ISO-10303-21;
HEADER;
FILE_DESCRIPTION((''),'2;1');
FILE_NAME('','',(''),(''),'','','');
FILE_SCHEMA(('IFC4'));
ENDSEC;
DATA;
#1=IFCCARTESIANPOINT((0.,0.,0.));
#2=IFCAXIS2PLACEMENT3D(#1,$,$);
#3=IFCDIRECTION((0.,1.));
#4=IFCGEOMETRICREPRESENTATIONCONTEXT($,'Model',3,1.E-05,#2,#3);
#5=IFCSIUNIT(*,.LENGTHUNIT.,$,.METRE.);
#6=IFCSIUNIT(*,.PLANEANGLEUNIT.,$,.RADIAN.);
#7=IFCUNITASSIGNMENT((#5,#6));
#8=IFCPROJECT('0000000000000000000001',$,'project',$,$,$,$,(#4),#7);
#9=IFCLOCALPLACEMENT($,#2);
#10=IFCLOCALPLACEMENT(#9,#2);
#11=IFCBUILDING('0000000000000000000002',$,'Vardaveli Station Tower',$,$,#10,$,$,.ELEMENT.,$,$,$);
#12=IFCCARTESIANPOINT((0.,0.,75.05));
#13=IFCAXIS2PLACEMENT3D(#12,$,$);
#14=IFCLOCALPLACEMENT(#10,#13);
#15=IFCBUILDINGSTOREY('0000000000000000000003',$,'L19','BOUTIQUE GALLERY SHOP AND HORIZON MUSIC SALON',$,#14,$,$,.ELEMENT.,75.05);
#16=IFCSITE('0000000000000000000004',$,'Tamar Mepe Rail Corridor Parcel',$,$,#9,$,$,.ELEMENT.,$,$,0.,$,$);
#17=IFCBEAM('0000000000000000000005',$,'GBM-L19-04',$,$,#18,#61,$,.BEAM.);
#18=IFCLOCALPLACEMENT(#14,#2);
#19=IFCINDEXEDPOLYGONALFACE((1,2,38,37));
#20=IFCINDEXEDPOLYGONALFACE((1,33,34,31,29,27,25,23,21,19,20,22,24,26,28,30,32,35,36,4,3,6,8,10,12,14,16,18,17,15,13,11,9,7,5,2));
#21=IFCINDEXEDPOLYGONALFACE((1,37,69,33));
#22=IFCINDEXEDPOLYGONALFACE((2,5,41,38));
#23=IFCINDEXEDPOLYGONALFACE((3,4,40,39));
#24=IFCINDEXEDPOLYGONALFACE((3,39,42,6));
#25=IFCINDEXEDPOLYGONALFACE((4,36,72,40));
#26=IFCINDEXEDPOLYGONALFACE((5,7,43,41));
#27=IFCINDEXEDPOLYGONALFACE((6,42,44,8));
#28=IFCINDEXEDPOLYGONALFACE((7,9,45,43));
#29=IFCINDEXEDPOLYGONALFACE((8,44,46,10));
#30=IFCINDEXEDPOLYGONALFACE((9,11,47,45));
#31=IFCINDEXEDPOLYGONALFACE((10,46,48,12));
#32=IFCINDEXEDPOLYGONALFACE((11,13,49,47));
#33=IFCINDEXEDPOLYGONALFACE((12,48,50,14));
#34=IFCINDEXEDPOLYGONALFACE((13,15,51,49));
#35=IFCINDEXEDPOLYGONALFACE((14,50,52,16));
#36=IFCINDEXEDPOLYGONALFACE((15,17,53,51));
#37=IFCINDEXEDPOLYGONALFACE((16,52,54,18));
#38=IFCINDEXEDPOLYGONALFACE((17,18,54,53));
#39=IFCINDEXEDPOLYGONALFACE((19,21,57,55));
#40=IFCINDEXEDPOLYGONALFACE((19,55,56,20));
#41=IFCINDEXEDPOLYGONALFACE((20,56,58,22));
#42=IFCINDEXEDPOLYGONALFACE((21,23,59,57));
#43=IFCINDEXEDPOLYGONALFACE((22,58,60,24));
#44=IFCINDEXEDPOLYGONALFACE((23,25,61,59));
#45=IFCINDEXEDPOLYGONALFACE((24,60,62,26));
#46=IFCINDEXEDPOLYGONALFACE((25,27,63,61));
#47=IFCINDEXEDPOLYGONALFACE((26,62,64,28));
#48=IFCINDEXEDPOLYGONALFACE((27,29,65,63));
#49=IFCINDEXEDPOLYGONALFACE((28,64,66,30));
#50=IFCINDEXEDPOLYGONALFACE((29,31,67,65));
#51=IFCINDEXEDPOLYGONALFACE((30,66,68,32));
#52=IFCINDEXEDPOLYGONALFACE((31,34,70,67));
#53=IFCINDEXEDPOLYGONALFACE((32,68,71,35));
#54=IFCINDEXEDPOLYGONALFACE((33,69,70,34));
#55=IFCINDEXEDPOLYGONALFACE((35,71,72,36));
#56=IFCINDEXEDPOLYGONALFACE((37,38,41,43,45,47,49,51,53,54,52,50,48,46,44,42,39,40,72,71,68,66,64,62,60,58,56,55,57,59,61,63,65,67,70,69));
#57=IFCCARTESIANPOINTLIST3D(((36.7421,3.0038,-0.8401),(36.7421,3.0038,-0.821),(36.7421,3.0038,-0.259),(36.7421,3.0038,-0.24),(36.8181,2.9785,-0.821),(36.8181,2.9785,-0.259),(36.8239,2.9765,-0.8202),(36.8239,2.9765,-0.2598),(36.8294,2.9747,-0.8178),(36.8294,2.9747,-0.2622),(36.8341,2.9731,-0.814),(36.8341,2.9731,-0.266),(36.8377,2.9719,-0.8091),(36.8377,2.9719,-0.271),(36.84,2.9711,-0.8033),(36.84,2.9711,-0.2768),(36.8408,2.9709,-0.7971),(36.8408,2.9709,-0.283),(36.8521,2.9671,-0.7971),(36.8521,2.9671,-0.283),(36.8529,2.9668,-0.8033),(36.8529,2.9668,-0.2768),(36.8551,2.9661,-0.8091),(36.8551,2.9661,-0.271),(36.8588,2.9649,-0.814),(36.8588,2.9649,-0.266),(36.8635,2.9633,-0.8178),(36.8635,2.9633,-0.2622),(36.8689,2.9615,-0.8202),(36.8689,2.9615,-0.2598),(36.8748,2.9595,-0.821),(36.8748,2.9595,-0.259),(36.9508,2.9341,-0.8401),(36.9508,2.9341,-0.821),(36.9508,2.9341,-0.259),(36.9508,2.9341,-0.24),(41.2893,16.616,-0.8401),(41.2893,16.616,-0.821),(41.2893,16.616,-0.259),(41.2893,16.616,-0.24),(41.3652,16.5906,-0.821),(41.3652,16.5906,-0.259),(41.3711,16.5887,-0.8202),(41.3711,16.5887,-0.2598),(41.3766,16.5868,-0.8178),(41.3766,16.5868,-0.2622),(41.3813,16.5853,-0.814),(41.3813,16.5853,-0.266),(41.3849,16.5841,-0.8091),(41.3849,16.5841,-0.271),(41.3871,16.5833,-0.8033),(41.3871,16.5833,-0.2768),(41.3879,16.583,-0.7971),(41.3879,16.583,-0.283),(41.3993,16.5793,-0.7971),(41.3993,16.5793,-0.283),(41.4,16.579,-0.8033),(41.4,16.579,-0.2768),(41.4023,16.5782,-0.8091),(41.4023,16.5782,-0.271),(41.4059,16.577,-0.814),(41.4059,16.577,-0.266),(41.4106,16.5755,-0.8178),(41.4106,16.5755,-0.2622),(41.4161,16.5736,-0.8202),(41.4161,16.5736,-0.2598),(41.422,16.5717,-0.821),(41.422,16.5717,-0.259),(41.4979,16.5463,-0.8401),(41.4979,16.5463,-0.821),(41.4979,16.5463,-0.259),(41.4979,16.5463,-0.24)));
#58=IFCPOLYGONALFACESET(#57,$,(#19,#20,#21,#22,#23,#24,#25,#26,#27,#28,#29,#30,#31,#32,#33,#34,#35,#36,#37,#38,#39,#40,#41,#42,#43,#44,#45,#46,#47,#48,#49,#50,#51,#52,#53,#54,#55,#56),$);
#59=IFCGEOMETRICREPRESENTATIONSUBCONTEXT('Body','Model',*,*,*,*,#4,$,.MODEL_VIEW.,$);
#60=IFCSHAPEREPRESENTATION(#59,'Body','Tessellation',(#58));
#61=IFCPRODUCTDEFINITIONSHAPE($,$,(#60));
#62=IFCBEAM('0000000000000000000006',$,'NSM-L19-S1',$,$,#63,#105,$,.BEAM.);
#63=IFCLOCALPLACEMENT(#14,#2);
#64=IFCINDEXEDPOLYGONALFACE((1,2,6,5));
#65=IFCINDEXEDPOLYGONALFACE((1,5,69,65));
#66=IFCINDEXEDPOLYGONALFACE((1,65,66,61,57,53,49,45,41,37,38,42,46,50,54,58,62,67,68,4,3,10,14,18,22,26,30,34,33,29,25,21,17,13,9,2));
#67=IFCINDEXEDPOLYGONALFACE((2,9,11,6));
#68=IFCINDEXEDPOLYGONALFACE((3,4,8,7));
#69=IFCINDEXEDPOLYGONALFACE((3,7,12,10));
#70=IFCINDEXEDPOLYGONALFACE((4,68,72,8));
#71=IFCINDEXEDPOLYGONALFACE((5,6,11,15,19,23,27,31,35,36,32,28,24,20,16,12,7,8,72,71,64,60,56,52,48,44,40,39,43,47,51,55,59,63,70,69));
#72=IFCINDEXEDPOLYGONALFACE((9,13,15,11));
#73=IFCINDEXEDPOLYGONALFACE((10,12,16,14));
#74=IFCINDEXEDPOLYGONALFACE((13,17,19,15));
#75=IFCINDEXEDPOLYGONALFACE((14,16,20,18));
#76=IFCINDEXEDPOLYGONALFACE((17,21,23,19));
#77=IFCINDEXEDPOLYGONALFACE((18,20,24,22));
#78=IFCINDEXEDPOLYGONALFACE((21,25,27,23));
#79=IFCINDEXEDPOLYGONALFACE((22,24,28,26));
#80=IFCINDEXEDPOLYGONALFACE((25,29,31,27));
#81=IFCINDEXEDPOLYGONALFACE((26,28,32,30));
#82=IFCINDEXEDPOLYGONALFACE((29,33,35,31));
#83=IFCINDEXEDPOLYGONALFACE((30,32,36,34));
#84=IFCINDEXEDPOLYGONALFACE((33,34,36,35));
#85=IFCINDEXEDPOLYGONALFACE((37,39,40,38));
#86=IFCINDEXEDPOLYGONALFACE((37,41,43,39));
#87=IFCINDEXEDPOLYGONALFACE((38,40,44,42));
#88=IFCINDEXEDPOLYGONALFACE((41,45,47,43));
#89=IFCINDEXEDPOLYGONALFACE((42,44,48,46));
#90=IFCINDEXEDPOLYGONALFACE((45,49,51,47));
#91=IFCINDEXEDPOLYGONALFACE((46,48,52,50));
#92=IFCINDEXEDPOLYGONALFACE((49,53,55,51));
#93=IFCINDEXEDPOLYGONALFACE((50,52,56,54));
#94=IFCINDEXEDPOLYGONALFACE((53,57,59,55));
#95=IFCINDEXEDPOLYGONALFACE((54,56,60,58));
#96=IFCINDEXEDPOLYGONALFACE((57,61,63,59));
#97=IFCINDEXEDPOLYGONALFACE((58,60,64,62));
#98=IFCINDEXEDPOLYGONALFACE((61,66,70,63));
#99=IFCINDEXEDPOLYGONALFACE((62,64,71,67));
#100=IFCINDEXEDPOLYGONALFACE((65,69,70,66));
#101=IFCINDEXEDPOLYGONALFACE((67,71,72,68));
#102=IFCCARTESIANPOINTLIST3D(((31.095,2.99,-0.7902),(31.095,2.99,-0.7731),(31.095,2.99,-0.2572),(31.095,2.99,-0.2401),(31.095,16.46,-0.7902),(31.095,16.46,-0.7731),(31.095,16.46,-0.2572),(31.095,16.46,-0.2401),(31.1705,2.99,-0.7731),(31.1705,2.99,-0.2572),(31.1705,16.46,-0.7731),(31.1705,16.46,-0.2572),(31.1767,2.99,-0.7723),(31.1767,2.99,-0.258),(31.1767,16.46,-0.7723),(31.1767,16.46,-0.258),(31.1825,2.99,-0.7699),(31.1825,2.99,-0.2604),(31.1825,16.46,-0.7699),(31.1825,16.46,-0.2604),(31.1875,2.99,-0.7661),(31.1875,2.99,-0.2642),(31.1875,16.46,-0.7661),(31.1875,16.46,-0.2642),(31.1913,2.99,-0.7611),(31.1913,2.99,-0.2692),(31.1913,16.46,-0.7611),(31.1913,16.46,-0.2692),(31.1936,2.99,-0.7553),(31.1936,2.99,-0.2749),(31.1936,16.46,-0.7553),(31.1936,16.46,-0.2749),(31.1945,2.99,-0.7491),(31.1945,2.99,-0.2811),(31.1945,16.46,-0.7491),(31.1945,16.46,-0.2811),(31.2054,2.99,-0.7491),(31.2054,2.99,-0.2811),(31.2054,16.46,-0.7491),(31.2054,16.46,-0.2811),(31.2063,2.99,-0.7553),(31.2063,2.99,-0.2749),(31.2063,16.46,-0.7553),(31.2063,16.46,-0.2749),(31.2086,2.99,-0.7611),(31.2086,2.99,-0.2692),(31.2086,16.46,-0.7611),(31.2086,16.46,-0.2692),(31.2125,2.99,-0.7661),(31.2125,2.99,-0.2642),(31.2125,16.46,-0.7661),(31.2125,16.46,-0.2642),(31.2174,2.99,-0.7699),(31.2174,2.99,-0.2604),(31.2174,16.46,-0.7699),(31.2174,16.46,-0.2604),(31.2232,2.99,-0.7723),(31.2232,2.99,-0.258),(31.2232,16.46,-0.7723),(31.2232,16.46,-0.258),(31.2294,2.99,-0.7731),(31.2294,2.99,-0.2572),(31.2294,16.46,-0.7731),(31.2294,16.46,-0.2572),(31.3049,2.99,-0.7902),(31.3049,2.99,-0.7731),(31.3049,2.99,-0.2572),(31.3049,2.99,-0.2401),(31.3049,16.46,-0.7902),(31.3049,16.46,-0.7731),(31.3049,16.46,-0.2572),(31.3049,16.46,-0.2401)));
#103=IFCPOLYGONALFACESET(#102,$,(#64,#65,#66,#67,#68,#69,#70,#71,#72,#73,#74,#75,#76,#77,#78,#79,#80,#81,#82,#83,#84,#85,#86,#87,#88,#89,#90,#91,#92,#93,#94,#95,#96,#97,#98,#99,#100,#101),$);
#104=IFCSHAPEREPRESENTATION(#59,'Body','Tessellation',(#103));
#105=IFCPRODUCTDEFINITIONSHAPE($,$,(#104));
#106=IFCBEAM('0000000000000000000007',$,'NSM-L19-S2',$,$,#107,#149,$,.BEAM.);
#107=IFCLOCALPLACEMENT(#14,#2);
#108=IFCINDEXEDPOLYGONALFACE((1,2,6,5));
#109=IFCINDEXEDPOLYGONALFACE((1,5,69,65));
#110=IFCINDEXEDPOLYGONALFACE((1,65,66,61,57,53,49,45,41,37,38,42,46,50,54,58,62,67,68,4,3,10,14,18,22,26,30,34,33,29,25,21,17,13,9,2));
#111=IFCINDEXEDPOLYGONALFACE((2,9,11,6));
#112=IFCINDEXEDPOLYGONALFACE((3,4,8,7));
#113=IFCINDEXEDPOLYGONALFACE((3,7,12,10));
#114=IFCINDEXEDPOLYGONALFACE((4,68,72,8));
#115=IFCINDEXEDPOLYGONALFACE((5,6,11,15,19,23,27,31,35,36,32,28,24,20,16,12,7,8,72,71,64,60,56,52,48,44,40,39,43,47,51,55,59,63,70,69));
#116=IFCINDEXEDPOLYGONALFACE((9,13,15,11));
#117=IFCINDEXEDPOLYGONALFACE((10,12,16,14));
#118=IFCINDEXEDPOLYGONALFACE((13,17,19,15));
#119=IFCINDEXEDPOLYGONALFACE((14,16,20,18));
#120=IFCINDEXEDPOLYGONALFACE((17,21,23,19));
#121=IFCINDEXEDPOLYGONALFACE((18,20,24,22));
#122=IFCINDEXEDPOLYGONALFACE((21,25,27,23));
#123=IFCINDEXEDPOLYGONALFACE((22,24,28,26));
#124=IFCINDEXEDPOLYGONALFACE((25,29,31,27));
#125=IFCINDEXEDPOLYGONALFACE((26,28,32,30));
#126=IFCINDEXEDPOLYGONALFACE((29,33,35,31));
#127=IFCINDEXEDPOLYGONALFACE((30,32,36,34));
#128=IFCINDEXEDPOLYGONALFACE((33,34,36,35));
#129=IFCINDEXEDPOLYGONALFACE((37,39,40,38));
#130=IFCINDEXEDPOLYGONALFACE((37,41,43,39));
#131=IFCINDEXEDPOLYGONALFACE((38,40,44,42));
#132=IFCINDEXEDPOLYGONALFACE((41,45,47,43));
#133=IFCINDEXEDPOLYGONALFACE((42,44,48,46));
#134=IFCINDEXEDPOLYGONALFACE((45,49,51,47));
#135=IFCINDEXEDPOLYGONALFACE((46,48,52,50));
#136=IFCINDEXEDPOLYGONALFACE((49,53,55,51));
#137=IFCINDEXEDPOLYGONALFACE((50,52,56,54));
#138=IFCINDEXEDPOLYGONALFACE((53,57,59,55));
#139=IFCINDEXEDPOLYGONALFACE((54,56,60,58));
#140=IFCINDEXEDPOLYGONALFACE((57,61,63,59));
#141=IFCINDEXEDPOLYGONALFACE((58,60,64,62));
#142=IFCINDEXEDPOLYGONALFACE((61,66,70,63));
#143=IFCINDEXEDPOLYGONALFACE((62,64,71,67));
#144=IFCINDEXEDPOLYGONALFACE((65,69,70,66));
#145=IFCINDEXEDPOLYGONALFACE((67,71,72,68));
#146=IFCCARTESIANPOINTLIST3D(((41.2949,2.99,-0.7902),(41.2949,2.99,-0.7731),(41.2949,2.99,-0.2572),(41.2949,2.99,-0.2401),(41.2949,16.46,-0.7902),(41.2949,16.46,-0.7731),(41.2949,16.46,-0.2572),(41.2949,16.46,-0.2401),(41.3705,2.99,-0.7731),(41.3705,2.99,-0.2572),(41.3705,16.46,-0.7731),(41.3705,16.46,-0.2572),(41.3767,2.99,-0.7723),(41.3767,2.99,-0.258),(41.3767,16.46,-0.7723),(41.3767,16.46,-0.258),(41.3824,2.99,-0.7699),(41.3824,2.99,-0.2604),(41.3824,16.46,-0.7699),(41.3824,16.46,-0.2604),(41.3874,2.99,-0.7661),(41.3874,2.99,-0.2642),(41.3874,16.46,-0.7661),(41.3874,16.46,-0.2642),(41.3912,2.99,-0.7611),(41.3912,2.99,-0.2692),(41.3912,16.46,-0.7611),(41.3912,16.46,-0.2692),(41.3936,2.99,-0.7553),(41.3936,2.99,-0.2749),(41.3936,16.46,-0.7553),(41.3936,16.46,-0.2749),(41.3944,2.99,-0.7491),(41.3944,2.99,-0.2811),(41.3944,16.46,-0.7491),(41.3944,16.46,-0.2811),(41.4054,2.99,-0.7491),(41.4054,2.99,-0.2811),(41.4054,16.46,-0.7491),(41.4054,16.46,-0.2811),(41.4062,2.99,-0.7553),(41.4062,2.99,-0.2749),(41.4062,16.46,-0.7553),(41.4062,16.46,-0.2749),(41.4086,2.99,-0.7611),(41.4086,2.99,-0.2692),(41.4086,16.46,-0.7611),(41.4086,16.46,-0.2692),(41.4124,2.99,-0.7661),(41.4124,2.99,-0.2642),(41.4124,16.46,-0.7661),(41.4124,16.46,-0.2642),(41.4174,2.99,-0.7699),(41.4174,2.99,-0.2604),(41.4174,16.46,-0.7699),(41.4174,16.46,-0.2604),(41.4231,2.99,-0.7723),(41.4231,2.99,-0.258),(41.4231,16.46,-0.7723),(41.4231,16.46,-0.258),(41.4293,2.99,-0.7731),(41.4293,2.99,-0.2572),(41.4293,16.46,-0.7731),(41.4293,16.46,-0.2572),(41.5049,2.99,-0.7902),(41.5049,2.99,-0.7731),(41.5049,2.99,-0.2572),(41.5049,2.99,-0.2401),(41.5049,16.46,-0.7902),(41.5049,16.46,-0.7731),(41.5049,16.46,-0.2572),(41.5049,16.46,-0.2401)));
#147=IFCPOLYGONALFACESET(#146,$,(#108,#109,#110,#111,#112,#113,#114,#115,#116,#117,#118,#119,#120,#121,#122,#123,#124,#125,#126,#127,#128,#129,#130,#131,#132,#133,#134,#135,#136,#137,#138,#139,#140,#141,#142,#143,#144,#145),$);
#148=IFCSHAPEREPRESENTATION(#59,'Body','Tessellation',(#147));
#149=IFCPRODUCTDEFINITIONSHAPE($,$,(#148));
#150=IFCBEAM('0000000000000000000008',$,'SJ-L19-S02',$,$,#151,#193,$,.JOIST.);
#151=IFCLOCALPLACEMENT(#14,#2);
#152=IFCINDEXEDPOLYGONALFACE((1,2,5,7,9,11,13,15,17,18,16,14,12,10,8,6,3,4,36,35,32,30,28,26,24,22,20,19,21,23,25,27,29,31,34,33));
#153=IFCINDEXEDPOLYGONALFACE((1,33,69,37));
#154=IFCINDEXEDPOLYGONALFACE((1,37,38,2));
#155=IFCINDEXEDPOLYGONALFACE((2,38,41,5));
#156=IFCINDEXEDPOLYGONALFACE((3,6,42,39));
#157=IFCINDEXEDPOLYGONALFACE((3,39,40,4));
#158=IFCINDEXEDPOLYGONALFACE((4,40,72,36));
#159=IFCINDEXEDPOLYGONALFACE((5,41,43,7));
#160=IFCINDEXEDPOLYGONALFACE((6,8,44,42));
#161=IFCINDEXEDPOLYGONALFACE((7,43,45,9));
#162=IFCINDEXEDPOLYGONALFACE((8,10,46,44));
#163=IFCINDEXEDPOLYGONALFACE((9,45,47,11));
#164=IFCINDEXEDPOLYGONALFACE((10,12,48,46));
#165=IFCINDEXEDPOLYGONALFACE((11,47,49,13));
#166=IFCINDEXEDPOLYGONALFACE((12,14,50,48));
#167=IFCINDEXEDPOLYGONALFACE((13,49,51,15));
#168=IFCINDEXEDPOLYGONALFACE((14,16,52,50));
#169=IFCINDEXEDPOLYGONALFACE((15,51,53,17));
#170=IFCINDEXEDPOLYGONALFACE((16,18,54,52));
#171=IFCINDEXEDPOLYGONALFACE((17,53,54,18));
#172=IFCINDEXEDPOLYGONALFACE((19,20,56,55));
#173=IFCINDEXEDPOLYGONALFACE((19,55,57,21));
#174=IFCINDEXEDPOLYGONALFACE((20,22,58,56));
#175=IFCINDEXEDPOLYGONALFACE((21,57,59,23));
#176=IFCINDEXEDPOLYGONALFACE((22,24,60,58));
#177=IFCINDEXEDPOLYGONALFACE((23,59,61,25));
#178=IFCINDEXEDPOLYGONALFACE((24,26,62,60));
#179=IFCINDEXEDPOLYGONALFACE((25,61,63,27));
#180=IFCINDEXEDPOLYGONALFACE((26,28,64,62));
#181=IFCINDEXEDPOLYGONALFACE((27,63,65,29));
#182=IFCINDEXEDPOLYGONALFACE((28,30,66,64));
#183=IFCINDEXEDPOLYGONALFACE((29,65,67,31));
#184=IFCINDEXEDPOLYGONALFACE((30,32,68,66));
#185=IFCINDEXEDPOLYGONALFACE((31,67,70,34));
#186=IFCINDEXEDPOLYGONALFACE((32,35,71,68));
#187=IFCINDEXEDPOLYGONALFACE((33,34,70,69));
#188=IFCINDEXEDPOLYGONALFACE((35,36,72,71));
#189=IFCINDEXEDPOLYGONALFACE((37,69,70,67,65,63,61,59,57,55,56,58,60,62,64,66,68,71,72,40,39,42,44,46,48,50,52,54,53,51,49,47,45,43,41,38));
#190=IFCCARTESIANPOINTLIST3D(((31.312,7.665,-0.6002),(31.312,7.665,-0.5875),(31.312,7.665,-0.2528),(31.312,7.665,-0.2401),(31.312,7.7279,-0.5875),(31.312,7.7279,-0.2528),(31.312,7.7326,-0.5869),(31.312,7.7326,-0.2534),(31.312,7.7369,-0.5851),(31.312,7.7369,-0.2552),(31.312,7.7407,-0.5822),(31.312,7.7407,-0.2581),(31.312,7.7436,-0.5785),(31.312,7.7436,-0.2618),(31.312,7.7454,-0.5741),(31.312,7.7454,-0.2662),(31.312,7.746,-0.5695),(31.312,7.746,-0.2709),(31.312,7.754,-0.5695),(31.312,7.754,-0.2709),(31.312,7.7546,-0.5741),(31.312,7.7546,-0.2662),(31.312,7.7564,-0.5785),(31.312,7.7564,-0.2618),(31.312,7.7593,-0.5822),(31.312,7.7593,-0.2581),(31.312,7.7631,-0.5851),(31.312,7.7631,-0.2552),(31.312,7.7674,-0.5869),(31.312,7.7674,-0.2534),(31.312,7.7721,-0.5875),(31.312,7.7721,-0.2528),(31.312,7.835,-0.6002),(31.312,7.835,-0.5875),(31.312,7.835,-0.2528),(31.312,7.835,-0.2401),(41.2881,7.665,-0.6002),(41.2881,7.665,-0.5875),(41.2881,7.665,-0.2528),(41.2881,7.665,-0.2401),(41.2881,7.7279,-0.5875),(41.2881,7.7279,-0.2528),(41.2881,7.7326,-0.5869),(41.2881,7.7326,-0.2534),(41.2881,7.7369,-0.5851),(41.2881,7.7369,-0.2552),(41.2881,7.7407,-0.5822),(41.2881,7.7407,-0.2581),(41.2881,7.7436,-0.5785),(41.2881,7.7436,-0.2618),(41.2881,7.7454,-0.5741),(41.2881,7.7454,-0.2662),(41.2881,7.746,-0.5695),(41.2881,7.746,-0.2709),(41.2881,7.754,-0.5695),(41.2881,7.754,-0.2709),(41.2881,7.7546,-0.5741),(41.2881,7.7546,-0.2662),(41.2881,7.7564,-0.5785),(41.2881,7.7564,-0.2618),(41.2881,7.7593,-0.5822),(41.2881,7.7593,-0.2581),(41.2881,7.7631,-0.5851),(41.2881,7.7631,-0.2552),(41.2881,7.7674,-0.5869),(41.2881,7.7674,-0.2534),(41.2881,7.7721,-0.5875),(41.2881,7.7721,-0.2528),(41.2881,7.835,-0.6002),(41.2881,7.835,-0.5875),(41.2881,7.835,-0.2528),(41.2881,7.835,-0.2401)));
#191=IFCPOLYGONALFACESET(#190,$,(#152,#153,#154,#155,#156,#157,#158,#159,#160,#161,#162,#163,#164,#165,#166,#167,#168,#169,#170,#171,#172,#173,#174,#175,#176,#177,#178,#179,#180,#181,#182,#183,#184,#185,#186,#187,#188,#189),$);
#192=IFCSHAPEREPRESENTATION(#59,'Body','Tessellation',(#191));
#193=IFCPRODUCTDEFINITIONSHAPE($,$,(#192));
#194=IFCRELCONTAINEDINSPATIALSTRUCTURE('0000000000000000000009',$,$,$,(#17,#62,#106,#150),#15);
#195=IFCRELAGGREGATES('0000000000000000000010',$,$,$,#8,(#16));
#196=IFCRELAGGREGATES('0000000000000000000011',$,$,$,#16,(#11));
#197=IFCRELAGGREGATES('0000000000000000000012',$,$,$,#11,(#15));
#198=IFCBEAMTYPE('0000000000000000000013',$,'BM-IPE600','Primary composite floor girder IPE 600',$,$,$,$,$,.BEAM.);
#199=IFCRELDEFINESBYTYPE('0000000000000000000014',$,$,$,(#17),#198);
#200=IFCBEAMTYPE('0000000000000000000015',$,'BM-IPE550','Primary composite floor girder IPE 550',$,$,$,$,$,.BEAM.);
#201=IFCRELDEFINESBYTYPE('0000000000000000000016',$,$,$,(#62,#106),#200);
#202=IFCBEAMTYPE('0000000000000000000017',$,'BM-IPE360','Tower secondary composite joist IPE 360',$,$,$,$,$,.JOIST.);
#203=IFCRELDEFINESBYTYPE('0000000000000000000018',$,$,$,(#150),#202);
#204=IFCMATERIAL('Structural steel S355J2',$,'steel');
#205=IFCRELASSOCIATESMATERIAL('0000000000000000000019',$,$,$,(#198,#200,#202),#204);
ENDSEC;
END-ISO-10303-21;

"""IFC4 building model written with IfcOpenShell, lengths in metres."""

from ifc_helpers import new_model, si_unit, direction, frame, origin, origin_2d, place, context, subcontext, project, spatial, i_section, extrude, source, transform, mapped, material, material_profile, profile_set, type_object, element, save


model = new_model("IFC4")

# Units and contexts
model_context = context("Model", 3, precision=1e-05, world=origin(), true_north=direction((0.0, 1.0)))
body_context = subcontext(model_context, "Body", "Model", "MODEL_VIEW")
ifc_project = project(units=[si_unit("LENGTHUNIT", "METRE"), si_unit("PLANEANGLEUNIT", "RADIAN")], contexts=[model_context])

# Site, building, storey
site_placement = place(None, origin())
site = spatial("IfcSite", under=ifc_project, at=site_placement, Name="Tamar Mepe Rail Corridor Parcel", CompositionType="ELEMENT", RefElevation=0.0)
building_placement = place(site_placement, origin())
building = spatial("IfcBuilding", under=site, at=building_placement, Name="Vardaveli Station Tower", CompositionType="ELEMENT")
storey_placement = place(building_placement, frame((0.0, 0.0, 75.05)))
storey = spatial("IfcBuildingStorey", under=building, at=storey_placement, Name="L19", Description="BOUTIQUE GALLERY SHOP AND HORIZON MUSIC SALON", CompositionType="ELEMENT", Elevation=75.05)

# Beams
ifc_material_1 = material(Name="Structural steel S355J2", Category="steel")
ifc_material_profile_1 = material_profile(ifc_material_1, i_section(OverallWidth=0.22, OverallDepth=0.6001, WebThickness=0.012, FlangeThickness=0.019, FilletRadius=0.0239, at=origin_2d()), Name="IPE 600")
ifc_profile_set_1 = profile_set([ifc_material_profile_1], Name="Structural steel S355J2")
beam_type_1 = type_object("IfcBeamType", Name="BM-IPE600", Description="Primary composite floor girder IPE 600", PredefinedType="BEAM", material=ifc_profile_set_1)
shared_shape_1 = source(origin(), body_context, "Body", "SweptSolid", [
    extrude(i_section(OverallWidth=0.22, OverallDepth=0.6001, WebThickness=0.012, FlangeThickness=0.019, FilletRadius=0.0239, at=origin_2d()), origin(), (0.0, 0.0, 1.0), 14.3516),
])
beam_1_placement = place(storey_placement, frame((36.8464, 2.969, -0.54), z_axis=(0.31684, 0.948479, 0.0), x_axis=(-0.948479, 0.31684, 0.0)))
element("IfcBeam", 1, at=beam_1_placement, inside=storey, type_object=beam_type_1, Name="GBM-L19-04", PredefinedType="BEAM", context=body_context, shape_type="MappedRepresentation", body=[
    mapped(shared_shape_1, transform((0.0, 0.0, 0.0), scale=1.0)),
])
ifc_material_profile_2 = material_profile(ifc_material_1, i_section(OverallWidth=0.21, OverallDepth=0.55, WebThickness=0.011, FlangeThickness=0.0171, FilletRadius=0.0239, at=origin_2d()), Name="IPE 550")
ifc_profile_set_2 = profile_set([ifc_material_profile_2], Name="Structural steel S355J2")
beam_type_2 = type_object("IfcBeamType", Name="BM-IPE550", Description="Primary composite floor girder IPE 550", PredefinedType="BEAM", material=ifc_profile_set_2)
shared_shape_2 = source(origin(), body_context, "Body", "SweptSolid", [
    extrude(i_section(OverallWidth=0.21, OverallDepth=0.55, WebThickness=0.011, FlangeThickness=0.0171, FilletRadius=0.0239, at=origin_2d()), origin(), (0.0, 0.0, 1.0), 13.47),
])
for number, where, z_axis, x_axis, name in (
    (2, (31.2, 2.99, -0.5151), (0.0, 1.0, 0.0), (-1.0, 0.0, 0.0), "NSM-L19-S1"),
    (3, (41.3999, 2.99, -0.5151), (0.0, 1.0, 0.0), (-1.0, 0.0, 0.0), "NSM-L19-S2"),
):
    element("IfcBeam", number, at=place(storey_placement, frame(where, z_axis=z_axis, x_axis=x_axis)), inside=storey, type_object=beam_type_2, Name=name, PredefinedType="BEAM", context=body_context, shape_type="MappedRepresentation", body=[
        mapped(shared_shape_2, transform((0.0, 0.0, 0.0), scale=1.0)),
    ])
ifc_material_profile_3 = material_profile(ifc_material_1, i_section(OverallWidth=0.1699, OverallDepth=0.3601, WebThickness=0.0081, FlangeThickness=0.0127, FilletRadius=0.0181, at=origin_2d()), Name="IPE 360")
ifc_profile_set_3 = profile_set([ifc_material_profile_3], Name="Structural steel S355J2")
beam_type_3 = type_object("IfcBeamType", Name="BM-IPE360", Description="Tower secondary composite joist IPE 360", PredefinedType="JOIST", material=ifc_profile_set_3)
shared_shape_3 = source(origin(), body_context, "Body", "SweptSolid", [
    extrude(i_section(OverallWidth=0.1699, OverallDepth=0.3601, WebThickness=0.0081, FlangeThickness=0.0127, FilletRadius=0.0181, at=origin_2d()), origin(), (0.0, 0.0, 1.0), 9.9761),
])
for number, where, z_axis, x_axis, name in (
    (4, (31.312, 7.75, -0.4202), (1.0, 0.0, 0.0), (0.0, 1.0, 0.0), "SJ-L19-S02"),
):
    element("IfcBeam", number, at=place(storey_placement, frame(where, z_axis=z_axis, x_axis=x_axis)), inside=storey, type_object=beam_type_3, Name=name, PredefinedType="JOIST", context=body_context, shape_type="MappedRepresentation", body=[
        mapped(shared_shape_3, transform((0.0, 0.0, 0.0), scale=1.0)),
    ])

save(model, "model.ifc")
